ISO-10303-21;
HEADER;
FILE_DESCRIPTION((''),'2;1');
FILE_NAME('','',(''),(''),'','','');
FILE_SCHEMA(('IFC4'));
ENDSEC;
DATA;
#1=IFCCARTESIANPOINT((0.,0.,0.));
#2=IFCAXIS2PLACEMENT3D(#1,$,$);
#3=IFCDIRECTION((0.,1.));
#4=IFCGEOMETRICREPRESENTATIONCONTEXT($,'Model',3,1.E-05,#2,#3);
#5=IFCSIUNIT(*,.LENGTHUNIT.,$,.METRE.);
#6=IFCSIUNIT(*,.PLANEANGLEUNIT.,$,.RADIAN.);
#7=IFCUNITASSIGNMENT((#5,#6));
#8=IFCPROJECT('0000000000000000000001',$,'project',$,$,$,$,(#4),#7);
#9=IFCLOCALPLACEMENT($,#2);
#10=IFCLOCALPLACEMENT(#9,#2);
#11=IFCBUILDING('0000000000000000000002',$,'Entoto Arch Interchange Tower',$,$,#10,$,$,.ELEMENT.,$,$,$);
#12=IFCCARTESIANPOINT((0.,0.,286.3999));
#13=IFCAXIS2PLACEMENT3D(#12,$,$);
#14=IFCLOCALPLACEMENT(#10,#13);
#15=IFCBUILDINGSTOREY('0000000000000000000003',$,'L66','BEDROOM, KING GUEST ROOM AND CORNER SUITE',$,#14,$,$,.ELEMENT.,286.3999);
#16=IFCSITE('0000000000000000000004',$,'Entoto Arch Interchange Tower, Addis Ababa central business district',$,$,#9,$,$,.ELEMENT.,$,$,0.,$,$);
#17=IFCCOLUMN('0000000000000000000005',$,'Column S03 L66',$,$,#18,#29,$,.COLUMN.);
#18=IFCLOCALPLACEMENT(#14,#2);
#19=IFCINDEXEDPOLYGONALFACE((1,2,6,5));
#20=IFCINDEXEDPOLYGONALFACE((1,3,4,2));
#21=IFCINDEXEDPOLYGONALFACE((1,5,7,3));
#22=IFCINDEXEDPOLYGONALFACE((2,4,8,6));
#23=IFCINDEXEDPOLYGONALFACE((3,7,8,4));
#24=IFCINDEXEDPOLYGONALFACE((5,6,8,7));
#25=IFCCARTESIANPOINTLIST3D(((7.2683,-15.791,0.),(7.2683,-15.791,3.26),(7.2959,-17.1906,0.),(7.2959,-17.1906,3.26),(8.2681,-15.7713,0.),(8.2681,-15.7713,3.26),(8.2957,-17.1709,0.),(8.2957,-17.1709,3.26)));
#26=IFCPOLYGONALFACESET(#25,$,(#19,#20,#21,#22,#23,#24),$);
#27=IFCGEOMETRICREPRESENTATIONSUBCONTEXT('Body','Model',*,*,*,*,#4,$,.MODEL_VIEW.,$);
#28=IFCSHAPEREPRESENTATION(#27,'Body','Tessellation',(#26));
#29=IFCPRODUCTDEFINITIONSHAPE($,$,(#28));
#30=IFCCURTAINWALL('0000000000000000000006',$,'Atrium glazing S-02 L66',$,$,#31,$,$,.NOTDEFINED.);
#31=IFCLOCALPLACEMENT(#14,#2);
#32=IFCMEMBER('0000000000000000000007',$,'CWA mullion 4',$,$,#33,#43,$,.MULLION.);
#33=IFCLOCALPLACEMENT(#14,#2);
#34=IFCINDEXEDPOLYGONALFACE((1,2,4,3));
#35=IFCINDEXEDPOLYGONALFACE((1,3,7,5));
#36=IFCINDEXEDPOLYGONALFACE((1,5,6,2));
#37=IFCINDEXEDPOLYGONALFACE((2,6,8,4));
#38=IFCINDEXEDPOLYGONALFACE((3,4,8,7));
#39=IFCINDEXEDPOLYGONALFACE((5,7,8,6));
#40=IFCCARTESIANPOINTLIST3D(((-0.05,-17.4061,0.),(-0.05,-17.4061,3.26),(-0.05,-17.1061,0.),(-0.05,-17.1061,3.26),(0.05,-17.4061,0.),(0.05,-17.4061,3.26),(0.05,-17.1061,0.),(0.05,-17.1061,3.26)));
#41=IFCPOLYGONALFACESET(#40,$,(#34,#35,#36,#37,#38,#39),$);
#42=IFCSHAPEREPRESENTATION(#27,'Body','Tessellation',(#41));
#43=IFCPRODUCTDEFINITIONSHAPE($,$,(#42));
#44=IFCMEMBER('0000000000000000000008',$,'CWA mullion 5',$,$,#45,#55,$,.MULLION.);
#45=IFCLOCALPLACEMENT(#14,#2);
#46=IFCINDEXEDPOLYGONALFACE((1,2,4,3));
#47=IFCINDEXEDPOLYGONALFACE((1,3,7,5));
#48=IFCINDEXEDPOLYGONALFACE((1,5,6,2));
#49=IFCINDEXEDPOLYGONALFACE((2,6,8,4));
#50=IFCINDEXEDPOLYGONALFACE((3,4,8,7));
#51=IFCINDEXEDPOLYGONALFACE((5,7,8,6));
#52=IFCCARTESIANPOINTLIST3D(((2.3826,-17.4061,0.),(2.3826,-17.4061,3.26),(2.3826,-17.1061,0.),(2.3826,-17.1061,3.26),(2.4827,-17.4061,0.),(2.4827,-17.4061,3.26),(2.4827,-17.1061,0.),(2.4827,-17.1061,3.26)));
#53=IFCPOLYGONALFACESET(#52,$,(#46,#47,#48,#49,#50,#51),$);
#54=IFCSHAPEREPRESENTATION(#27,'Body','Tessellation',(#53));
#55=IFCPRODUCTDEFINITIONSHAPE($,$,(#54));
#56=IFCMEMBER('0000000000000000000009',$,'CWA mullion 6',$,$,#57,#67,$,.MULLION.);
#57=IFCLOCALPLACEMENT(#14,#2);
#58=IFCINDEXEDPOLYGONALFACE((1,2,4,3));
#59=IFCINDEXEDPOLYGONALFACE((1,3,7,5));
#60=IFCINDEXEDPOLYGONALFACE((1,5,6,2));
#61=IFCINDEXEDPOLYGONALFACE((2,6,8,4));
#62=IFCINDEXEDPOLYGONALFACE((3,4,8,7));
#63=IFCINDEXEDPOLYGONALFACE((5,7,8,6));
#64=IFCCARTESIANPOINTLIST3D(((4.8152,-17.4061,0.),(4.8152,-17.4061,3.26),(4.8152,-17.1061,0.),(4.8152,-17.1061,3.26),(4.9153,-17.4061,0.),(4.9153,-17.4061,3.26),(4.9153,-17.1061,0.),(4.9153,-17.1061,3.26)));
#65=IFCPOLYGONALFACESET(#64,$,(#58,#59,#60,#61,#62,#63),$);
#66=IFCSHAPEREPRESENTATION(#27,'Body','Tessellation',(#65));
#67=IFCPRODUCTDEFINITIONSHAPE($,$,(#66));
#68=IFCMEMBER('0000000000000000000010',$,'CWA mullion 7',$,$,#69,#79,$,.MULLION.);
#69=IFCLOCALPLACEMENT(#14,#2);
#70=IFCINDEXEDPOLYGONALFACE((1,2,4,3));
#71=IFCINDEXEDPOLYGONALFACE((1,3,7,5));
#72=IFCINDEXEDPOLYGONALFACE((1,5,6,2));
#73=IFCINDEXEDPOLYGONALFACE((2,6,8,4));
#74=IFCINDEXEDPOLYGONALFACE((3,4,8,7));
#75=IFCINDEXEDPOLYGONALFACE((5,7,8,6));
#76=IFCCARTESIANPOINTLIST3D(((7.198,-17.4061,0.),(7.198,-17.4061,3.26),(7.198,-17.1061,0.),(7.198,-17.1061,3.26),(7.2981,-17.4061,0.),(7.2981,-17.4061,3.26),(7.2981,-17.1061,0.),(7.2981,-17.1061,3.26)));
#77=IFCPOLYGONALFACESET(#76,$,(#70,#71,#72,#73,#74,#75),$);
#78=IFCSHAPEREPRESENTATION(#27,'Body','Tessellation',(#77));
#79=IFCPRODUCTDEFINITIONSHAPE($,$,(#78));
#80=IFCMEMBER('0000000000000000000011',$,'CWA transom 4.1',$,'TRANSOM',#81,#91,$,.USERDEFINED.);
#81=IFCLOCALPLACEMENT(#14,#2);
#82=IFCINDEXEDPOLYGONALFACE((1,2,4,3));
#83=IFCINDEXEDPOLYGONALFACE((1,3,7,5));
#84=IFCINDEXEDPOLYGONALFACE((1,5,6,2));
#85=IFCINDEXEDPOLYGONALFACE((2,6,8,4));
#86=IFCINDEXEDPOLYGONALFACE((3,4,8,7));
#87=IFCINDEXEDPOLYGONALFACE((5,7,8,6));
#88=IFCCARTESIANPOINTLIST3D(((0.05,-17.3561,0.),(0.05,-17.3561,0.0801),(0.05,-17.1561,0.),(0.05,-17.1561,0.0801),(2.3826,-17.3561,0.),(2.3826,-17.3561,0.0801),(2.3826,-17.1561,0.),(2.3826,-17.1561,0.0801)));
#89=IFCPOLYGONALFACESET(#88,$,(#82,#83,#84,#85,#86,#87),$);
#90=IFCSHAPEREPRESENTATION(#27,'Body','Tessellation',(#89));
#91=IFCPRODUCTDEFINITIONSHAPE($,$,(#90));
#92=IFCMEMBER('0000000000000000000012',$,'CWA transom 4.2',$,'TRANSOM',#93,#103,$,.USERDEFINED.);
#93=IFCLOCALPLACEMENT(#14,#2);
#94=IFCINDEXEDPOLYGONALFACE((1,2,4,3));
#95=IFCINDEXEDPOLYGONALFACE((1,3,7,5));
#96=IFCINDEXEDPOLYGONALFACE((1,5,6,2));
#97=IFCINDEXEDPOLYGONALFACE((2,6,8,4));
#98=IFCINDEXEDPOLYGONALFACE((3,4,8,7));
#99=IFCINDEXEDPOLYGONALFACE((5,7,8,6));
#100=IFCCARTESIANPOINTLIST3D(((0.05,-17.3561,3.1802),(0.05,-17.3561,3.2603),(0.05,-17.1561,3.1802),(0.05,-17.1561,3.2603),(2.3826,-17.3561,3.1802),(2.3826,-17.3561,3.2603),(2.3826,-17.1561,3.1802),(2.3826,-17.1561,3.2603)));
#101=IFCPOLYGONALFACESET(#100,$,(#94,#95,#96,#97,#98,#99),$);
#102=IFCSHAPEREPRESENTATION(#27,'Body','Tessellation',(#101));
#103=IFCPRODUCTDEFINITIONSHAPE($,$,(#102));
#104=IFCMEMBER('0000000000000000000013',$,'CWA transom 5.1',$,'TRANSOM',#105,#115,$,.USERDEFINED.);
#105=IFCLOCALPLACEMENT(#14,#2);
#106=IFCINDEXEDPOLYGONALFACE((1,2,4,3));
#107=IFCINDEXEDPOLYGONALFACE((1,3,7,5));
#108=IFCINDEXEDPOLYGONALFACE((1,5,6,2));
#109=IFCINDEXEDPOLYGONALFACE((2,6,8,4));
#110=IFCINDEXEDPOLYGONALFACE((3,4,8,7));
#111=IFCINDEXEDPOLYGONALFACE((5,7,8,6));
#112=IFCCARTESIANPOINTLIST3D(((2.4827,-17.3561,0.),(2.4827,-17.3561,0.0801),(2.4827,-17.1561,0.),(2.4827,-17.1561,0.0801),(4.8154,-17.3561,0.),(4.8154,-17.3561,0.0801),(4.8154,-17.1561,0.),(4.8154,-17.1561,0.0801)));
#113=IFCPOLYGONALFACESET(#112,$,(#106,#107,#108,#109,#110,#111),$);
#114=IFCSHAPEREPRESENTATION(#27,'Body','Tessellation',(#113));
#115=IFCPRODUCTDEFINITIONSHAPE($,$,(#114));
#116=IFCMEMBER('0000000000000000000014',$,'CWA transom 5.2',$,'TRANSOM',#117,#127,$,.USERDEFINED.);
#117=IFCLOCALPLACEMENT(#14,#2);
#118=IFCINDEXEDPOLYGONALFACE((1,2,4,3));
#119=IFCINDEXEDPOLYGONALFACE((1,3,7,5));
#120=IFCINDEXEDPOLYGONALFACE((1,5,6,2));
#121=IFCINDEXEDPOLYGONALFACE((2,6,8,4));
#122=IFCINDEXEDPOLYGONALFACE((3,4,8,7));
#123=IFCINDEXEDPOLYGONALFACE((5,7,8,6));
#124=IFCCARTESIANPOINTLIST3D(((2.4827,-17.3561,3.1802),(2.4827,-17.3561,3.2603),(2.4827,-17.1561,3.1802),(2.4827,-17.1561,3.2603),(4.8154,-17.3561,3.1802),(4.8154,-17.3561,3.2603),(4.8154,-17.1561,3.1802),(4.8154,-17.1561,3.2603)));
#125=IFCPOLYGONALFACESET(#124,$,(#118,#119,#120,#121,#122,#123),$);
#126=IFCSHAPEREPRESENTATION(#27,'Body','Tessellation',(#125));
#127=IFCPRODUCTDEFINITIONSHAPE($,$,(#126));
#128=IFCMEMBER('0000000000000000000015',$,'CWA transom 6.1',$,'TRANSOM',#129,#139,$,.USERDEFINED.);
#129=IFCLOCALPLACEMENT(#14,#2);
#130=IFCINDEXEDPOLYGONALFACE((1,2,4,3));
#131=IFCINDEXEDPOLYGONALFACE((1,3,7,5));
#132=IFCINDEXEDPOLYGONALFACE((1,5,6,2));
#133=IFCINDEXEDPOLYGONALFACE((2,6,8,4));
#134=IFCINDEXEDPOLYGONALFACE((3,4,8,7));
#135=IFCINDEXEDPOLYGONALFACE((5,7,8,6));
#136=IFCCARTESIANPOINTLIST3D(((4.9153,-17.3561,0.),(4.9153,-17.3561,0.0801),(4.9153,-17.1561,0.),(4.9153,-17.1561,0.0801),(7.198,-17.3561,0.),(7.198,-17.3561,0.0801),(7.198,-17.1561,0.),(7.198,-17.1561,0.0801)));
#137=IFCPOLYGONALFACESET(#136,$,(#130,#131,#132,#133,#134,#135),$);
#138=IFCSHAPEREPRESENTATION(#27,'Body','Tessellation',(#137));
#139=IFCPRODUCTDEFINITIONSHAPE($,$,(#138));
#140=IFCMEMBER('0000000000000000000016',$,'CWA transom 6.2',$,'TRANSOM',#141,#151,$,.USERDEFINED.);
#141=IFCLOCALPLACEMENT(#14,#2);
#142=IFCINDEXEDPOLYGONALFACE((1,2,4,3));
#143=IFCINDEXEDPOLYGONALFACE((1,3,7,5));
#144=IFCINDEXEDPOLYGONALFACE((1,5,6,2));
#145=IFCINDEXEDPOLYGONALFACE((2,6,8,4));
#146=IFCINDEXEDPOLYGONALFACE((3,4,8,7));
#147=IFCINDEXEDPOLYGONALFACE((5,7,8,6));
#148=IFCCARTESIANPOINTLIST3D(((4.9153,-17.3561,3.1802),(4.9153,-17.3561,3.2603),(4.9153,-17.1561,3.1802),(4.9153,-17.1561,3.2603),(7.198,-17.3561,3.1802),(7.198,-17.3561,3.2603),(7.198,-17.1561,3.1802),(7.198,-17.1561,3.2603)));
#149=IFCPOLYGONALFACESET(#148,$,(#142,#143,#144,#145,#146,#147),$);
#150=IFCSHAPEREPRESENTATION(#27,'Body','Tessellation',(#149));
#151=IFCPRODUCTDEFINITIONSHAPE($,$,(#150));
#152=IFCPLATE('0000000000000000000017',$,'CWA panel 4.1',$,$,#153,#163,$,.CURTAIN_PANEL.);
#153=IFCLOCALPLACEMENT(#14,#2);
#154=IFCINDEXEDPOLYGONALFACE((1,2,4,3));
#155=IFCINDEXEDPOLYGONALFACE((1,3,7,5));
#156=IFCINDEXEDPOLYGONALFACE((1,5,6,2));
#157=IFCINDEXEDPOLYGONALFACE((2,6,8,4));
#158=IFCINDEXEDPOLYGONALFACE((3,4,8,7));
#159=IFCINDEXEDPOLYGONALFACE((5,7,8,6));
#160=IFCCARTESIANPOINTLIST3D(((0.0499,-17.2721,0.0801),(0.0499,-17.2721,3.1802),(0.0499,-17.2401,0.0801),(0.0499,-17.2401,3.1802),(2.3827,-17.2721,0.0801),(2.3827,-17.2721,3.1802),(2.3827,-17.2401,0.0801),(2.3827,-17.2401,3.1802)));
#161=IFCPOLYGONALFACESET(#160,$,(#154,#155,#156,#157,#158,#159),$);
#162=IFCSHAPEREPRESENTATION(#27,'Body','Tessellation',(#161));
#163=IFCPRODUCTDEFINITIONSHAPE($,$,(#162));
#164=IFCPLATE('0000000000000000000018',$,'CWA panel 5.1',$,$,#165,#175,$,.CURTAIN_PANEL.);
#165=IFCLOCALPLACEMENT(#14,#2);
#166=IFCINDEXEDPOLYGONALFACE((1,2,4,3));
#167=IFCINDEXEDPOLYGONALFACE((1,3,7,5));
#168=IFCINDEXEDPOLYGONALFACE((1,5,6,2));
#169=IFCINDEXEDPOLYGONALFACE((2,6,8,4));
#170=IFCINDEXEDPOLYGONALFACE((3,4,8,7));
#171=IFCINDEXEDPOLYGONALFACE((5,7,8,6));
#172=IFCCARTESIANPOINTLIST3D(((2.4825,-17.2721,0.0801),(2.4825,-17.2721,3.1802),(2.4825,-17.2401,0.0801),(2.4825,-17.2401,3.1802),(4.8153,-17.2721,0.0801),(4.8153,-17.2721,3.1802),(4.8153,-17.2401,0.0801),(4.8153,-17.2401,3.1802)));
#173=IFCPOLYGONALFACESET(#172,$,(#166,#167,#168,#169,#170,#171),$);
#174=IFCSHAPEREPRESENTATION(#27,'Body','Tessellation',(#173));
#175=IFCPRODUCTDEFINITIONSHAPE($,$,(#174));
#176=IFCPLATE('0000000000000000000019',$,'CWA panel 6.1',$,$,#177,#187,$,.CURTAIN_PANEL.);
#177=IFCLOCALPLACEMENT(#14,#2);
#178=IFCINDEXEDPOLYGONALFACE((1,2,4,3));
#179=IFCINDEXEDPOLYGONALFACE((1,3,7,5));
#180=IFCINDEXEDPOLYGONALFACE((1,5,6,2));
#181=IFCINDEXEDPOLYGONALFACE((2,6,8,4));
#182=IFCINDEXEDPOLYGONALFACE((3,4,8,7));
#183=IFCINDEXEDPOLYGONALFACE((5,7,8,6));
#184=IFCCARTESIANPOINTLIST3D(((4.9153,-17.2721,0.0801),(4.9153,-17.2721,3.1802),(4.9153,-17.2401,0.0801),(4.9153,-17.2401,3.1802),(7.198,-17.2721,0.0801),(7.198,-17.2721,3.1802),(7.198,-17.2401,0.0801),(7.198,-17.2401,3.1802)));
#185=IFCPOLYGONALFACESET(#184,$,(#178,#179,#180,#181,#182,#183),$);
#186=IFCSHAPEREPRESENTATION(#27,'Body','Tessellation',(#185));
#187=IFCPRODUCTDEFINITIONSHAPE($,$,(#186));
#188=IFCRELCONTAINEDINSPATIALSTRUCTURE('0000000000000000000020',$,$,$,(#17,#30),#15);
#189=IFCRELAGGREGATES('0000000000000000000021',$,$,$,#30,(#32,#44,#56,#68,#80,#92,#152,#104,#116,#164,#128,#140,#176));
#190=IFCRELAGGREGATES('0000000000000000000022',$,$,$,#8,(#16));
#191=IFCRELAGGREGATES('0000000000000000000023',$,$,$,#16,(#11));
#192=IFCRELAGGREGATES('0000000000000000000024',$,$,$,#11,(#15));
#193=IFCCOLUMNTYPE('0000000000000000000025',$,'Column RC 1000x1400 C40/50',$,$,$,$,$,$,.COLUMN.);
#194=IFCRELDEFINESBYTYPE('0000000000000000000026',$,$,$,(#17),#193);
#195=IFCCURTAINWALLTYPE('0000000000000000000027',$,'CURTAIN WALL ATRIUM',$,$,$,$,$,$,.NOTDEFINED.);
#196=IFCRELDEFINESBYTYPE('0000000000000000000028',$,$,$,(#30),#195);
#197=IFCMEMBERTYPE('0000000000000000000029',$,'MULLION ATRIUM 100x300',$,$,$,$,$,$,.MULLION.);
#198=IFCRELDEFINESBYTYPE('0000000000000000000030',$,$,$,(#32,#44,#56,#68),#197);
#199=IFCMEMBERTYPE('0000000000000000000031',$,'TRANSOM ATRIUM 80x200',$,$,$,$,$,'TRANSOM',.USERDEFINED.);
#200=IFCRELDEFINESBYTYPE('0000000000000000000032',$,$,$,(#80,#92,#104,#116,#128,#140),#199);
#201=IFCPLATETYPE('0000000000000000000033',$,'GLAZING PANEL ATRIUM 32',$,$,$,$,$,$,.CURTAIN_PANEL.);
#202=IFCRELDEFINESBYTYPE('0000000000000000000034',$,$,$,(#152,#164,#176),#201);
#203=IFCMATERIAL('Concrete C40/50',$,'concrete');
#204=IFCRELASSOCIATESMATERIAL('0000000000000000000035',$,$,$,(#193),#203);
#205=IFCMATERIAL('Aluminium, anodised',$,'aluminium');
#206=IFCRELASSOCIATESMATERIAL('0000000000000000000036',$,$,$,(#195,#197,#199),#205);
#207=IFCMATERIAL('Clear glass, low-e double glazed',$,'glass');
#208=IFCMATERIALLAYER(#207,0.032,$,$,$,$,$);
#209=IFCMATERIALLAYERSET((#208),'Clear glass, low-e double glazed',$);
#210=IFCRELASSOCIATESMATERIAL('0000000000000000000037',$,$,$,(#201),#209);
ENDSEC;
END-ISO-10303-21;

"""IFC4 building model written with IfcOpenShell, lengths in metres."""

from ifc_helpers import new_model, si_unit, direction, frame, origin, origin_2d, place, context, subcontext, project, spatial, rectangle, extrude, material, layer, layer_set, material_profile, profile_set, type_object, element, aggregate, save


model = new_model("IFC4")

# Units and contexts
model_context = context("Model", 3, precision=1e-05, world=origin(), true_north=direction((0.0, 1.0)))
body_context = subcontext(model_context, "Body", "Model", "MODEL_VIEW")
ifc_project = project(units=[si_unit("LENGTHUNIT", "METRE"), si_unit("PLANEANGLEUNIT", "RADIAN")], contexts=[model_context])

# Site, building, storey
site_placement = place(None, origin())
site = spatial("IfcSite", under=ifc_project, at=site_placement, Name="Entoto Arch Interchange Tower, Addis Ababa central business district", CompositionType="ELEMENT", RefElevation=0.0)
building_placement = place(site_placement, origin())
building = spatial("IfcBuilding", under=site, at=building_placement, Name="Entoto Arch Interchange Tower", CompositionType="ELEMENT")
storey_placement = place(building_placement, frame((0.0, 0.0, 286.3999)))
storey = spatial("IfcBuildingStorey", under=building, at=storey_placement, Name="L66", Description="BEDROOM, KING GUEST ROOM AND CORNER SUITE", CompositionType="ELEMENT", Elevation=286.3999)

# Column
ifc_material_1 = material(Name="Concrete C40/50", Category="concrete")
ifc_material_profile_1 = material_profile(ifc_material_1, rectangle(XDim=1.0, YDim=1.3999, at=origin_2d()))
ifc_profile_set_1 = profile_set([ifc_material_profile_1], Name="Concrete C40/50")
column_type = type_object("IfcColumnType", Name="Column RC 1000x1400 C40/50", PredefinedType="COLUMN", material=ifc_profile_set_1)
column_placement = place(storey_placement, frame((7.782, -16.481, 0.0), z_axis=(0.0, 0.0, 1.0), x_axis=(0.999806, 0.019721, 0.0)))
element("IfcColumn", 1, at=column_placement, inside=storey, type_object=column_type, Name="Column S03 L66", PredefinedType="COLUMN", context=body_context, shape_type="SweptSolid", body=[
    extrude(rectangle(XDim=1.0, YDim=1.3999, at=origin_2d()), origin(), (0.0, 0.0, 1.0), 3.26),
])

# Curtain wall, members, plates
ifc_material_2 = material(Name="Aluminium, anodised", Category="aluminium")
curtain_wall_type = type_object("IfcCurtainWallType", Name="CURTAIN WALL ATRIUM", PredefinedType="NOTDEFINED", material=ifc_material_2)
curtain_wall_placement = place(storey_placement, origin())
curtain_wall = element("IfcCurtainWall", 2, at=curtain_wall_placement, inside=storey, type_object=curtain_wall_type, Name="Atrium glazing S-02 L66", PredefinedType="NOTDEFINED")
ifc_material_profile_2 = material_profile(ifc_material_2, rectangle(XDim=0.3, YDim=0.1001, at=origin_2d()))
ifc_profile_set_2 = profile_set([ifc_material_profile_2], Name="Aluminium, anodised")
member_type_1 = type_object("IfcMemberType", Name="MULLION ATRIUM 100x300", PredefinedType="MULLION", material=ifc_profile_set_2)
member_1_placement = place(storey_placement, frame((0.0, -17.2561, 0.0), z_axis=(0.0, 0.0, 1.0), x_axis=(0.0, 1.0, 0.0)))
member_1 = element("IfcMember", 3, at=member_1_placement, type_object=member_type_1, Name="CWA mullion 4", PredefinedType="MULLION", context=body_context, shape_type="SweptSolid", body=[
    extrude(rectangle(XDim=0.3, YDim=0.1001, at=origin_2d()), origin(), (0.0, 0.0, 1.0), 3.26),
])
member_2_placement = place(storey_placement, frame((2.4326, -17.2561, 0.0), z_axis=(0.0, 0.0, 1.0), x_axis=(0.0, 1.0, 0.0)))
member_2 = element("IfcMember", 4, at=member_2_placement, type_object=member_type_1, Name="CWA mullion 5", PredefinedType="MULLION", context=body_context, shape_type="SweptSolid", body=[
    extrude(rectangle(XDim=0.3, YDim=0.1001, at=origin_2d()), origin(), (0.0, 0.0, 1.0), 3.26),
])
member_3_placement = place(storey_placement, frame((4.8652, -17.2561, 0.0), z_axis=(0.0, 0.0, 1.0), x_axis=(0.0, 1.0, 0.0)))
member_3 = element("IfcMember", 5, at=member_3_placement, type_object=member_type_1, Name="CWA mullion 6", PredefinedType="MULLION", context=body_context, shape_type="SweptSolid", body=[
    extrude(rectangle(XDim=0.3, YDim=0.1001, at=origin_2d()), origin(), (0.0, 0.0, 1.0), 3.26),
])
member_4_placement = place(storey_placement, frame((7.248, -17.2561, 0.0), z_axis=(0.0, 0.0, 1.0), x_axis=(0.0, 1.0, 0.0)))
member_4 = element("IfcMember", 6, at=member_4_placement, type_object=member_type_1, Name="CWA mullion 7", PredefinedType="MULLION", context=body_context, shape_type="SweptSolid", body=[
    extrude(rectangle(XDim=0.3, YDim=0.1001, at=origin_2d()), origin(), (0.0, 0.0, 1.0), 3.26),
])
ifc_material_profile_3 = material_profile(ifc_material_2, rectangle(XDim=0.2, YDim=0.0801, at=origin_2d()))
ifc_profile_set_3 = profile_set([ifc_material_profile_3], Name="Aluminium, anodised")
member_type_2 = type_object("IfcMemberType", Name="TRANSOM ATRIUM 80x200", ElementType="TRANSOM", PredefinedType="USERDEFINED", material=ifc_profile_set_3)
member_5_placement = place(storey_placement, frame((0.05, -17.2561, 0.04), z_axis=(1.0, 0.0, 0.0), x_axis=(0.0, 1.0, 0.0)))
member_5 = element("IfcMember", 7, at=member_5_placement, type_object=member_type_2, Name="CWA transom 4.1", ObjectType="TRANSOM", PredefinedType="USERDEFINED", context=body_context, shape_type="SweptSolid", body=[
    extrude(rectangle(XDim=0.2, YDim=0.0801, at=origin_2d()), origin(), (0.0, 0.0, 1.0), 2.3325),
])
member_6_placement = place(storey_placement, frame((0.05, -17.2561, 3.2202), z_axis=(1.0, 0.0, 0.0), x_axis=(0.0, 1.0, 0.0)))
member_6 = element("IfcMember", 8, at=member_6_placement, type_object=member_type_2, Name="CWA transom 4.2", ObjectType="TRANSOM", PredefinedType="USERDEFINED", context=body_context, shape_type="SweptSolid", body=[
    extrude(rectangle(XDim=0.2, YDim=0.0801, at=origin_2d()), origin(), (0.0, 0.0, 1.0), 2.3325),
])
member_7_placement = place(storey_placement, frame((2.4827, -17.2561, 0.04), z_axis=(1.0, 0.0, 0.0), x_axis=(0.0, 1.0, 0.0)))
member_7 = element("IfcMember", 9, at=member_7_placement, type_object=member_type_2, Name="CWA transom 5.1", ObjectType="TRANSOM", PredefinedType="USERDEFINED", context=body_context, shape_type="SweptSolid", body=[
    extrude(rectangle(XDim=0.2, YDim=0.0801, at=origin_2d()), origin(), (0.0, 0.0, 1.0), 2.3328),
])
member_8_placement = place(storey_placement, frame((2.4827, -17.2561, 3.2202), z_axis=(1.0, 0.0, 0.0), x_axis=(0.0, 1.0, 0.0)))
member_8 = element("IfcMember", 10, at=member_8_placement, type_object=member_type_2, Name="CWA transom 5.2", ObjectType="TRANSOM", PredefinedType="USERDEFINED", context=body_context, shape_type="SweptSolid", body=[
    extrude(rectangle(XDim=0.2, YDim=0.0801, at=origin_2d()), origin(), (0.0, 0.0, 1.0), 2.3328),
])
member_9_placement = place(storey_placement, frame((4.9153, -17.2561, 0.04), z_axis=(1.0, 0.0, 0.0), x_axis=(0.0, 1.0, 0.0)))
member_9 = element("IfcMember", 11, at=member_9_placement, type_object=member_type_2, Name="CWA transom 6.1", ObjectType="TRANSOM", PredefinedType="USERDEFINED", context=body_context, shape_type="SweptSolid", body=[
    extrude(rectangle(XDim=0.2, YDim=0.0801, at=origin_2d()), origin(), (0.0, 0.0, 1.0), 2.2827),
])
member_10_placement = place(storey_placement, frame((4.9153, -17.2561, 3.2202), z_axis=(1.0, 0.0, 0.0), x_axis=(0.0, 1.0, 0.0)))
member_10 = element("IfcMember", 12, at=member_10_placement, type_object=member_type_2, Name="CWA transom 6.2", ObjectType="TRANSOM", PredefinedType="USERDEFINED", context=body_context, shape_type="SweptSolid", body=[
    extrude(rectangle(XDim=0.2, YDim=0.0801, at=origin_2d()), origin(), (0.0, 0.0, 1.0), 2.2827),
])
ifc_material_3 = material(Name="Clear glass, low-e double glazed", Category="glass")
ifc_layer_1 = layer(ifc_material_3, 0.032)
ifc_layer_set_1 = layer_set([ifc_layer_1], Name="Clear glass, low-e double glazed")
plate_type = type_object("IfcPlateType", Name="GLAZING PANEL ATRIUM 32", PredefinedType="CURTAIN_PANEL", material=ifc_layer_set_1)
plate_1_placement = place(storey_placement, frame((1.2163, -17.2561, 0.0801), z_axis=(0.0, 0.0, 1.0), x_axis=(1.0, 0.0, 0.0)))
plate_1 = element("IfcPlate", 13, at=plate_1_placement, type_object=plate_type, Name="CWA panel 4.1", PredefinedType="CURTAIN_PANEL", context=body_context, shape_type="SweptSolid", body=[
    extrude(rectangle(XDim=2.3328, YDim=0.032, at=origin_2d()), origin(), (0.0, 0.0, 1.0), 3.1001),
])
plate_2_placement = place(storey_placement, frame((3.6489, -17.2561, 0.0801), z_axis=(0.0, 0.0, 1.0), x_axis=(1.0, 0.0, 0.0)))
plate_2 = element("IfcPlate", 14, at=plate_2_placement, type_object=plate_type, Name="CWA panel 5.1", PredefinedType="CURTAIN_PANEL", context=body_context, shape_type="SweptSolid", body=[
    extrude(rectangle(XDim=2.3328, YDim=0.032, at=origin_2d()), origin(), (0.0, 0.0, 1.0), 3.1001),
])
plate_3_placement = place(storey_placement, frame((6.0566, -17.2561, 0.0801), z_axis=(0.0, 0.0, 1.0), x_axis=(1.0, 0.0, 0.0)))
plate_3 = element("IfcPlate", 15, at=plate_3_placement, type_object=plate_type, Name="CWA panel 6.1", PredefinedType="CURTAIN_PANEL", context=body_context, shape_type="SweptSolid", body=[
    extrude(rectangle(XDim=2.2827, YDim=0.032, at=origin_2d()), origin(), (0.0, 0.0, 1.0), 3.1001),
])
aggregate(curtain_wall, [member_1, member_2, member_3, member_4, member_5, member_6, plate_1, member_7, member_8, plate_2, member_9, member_10, plate_3])

save(model, "model.ifc")
